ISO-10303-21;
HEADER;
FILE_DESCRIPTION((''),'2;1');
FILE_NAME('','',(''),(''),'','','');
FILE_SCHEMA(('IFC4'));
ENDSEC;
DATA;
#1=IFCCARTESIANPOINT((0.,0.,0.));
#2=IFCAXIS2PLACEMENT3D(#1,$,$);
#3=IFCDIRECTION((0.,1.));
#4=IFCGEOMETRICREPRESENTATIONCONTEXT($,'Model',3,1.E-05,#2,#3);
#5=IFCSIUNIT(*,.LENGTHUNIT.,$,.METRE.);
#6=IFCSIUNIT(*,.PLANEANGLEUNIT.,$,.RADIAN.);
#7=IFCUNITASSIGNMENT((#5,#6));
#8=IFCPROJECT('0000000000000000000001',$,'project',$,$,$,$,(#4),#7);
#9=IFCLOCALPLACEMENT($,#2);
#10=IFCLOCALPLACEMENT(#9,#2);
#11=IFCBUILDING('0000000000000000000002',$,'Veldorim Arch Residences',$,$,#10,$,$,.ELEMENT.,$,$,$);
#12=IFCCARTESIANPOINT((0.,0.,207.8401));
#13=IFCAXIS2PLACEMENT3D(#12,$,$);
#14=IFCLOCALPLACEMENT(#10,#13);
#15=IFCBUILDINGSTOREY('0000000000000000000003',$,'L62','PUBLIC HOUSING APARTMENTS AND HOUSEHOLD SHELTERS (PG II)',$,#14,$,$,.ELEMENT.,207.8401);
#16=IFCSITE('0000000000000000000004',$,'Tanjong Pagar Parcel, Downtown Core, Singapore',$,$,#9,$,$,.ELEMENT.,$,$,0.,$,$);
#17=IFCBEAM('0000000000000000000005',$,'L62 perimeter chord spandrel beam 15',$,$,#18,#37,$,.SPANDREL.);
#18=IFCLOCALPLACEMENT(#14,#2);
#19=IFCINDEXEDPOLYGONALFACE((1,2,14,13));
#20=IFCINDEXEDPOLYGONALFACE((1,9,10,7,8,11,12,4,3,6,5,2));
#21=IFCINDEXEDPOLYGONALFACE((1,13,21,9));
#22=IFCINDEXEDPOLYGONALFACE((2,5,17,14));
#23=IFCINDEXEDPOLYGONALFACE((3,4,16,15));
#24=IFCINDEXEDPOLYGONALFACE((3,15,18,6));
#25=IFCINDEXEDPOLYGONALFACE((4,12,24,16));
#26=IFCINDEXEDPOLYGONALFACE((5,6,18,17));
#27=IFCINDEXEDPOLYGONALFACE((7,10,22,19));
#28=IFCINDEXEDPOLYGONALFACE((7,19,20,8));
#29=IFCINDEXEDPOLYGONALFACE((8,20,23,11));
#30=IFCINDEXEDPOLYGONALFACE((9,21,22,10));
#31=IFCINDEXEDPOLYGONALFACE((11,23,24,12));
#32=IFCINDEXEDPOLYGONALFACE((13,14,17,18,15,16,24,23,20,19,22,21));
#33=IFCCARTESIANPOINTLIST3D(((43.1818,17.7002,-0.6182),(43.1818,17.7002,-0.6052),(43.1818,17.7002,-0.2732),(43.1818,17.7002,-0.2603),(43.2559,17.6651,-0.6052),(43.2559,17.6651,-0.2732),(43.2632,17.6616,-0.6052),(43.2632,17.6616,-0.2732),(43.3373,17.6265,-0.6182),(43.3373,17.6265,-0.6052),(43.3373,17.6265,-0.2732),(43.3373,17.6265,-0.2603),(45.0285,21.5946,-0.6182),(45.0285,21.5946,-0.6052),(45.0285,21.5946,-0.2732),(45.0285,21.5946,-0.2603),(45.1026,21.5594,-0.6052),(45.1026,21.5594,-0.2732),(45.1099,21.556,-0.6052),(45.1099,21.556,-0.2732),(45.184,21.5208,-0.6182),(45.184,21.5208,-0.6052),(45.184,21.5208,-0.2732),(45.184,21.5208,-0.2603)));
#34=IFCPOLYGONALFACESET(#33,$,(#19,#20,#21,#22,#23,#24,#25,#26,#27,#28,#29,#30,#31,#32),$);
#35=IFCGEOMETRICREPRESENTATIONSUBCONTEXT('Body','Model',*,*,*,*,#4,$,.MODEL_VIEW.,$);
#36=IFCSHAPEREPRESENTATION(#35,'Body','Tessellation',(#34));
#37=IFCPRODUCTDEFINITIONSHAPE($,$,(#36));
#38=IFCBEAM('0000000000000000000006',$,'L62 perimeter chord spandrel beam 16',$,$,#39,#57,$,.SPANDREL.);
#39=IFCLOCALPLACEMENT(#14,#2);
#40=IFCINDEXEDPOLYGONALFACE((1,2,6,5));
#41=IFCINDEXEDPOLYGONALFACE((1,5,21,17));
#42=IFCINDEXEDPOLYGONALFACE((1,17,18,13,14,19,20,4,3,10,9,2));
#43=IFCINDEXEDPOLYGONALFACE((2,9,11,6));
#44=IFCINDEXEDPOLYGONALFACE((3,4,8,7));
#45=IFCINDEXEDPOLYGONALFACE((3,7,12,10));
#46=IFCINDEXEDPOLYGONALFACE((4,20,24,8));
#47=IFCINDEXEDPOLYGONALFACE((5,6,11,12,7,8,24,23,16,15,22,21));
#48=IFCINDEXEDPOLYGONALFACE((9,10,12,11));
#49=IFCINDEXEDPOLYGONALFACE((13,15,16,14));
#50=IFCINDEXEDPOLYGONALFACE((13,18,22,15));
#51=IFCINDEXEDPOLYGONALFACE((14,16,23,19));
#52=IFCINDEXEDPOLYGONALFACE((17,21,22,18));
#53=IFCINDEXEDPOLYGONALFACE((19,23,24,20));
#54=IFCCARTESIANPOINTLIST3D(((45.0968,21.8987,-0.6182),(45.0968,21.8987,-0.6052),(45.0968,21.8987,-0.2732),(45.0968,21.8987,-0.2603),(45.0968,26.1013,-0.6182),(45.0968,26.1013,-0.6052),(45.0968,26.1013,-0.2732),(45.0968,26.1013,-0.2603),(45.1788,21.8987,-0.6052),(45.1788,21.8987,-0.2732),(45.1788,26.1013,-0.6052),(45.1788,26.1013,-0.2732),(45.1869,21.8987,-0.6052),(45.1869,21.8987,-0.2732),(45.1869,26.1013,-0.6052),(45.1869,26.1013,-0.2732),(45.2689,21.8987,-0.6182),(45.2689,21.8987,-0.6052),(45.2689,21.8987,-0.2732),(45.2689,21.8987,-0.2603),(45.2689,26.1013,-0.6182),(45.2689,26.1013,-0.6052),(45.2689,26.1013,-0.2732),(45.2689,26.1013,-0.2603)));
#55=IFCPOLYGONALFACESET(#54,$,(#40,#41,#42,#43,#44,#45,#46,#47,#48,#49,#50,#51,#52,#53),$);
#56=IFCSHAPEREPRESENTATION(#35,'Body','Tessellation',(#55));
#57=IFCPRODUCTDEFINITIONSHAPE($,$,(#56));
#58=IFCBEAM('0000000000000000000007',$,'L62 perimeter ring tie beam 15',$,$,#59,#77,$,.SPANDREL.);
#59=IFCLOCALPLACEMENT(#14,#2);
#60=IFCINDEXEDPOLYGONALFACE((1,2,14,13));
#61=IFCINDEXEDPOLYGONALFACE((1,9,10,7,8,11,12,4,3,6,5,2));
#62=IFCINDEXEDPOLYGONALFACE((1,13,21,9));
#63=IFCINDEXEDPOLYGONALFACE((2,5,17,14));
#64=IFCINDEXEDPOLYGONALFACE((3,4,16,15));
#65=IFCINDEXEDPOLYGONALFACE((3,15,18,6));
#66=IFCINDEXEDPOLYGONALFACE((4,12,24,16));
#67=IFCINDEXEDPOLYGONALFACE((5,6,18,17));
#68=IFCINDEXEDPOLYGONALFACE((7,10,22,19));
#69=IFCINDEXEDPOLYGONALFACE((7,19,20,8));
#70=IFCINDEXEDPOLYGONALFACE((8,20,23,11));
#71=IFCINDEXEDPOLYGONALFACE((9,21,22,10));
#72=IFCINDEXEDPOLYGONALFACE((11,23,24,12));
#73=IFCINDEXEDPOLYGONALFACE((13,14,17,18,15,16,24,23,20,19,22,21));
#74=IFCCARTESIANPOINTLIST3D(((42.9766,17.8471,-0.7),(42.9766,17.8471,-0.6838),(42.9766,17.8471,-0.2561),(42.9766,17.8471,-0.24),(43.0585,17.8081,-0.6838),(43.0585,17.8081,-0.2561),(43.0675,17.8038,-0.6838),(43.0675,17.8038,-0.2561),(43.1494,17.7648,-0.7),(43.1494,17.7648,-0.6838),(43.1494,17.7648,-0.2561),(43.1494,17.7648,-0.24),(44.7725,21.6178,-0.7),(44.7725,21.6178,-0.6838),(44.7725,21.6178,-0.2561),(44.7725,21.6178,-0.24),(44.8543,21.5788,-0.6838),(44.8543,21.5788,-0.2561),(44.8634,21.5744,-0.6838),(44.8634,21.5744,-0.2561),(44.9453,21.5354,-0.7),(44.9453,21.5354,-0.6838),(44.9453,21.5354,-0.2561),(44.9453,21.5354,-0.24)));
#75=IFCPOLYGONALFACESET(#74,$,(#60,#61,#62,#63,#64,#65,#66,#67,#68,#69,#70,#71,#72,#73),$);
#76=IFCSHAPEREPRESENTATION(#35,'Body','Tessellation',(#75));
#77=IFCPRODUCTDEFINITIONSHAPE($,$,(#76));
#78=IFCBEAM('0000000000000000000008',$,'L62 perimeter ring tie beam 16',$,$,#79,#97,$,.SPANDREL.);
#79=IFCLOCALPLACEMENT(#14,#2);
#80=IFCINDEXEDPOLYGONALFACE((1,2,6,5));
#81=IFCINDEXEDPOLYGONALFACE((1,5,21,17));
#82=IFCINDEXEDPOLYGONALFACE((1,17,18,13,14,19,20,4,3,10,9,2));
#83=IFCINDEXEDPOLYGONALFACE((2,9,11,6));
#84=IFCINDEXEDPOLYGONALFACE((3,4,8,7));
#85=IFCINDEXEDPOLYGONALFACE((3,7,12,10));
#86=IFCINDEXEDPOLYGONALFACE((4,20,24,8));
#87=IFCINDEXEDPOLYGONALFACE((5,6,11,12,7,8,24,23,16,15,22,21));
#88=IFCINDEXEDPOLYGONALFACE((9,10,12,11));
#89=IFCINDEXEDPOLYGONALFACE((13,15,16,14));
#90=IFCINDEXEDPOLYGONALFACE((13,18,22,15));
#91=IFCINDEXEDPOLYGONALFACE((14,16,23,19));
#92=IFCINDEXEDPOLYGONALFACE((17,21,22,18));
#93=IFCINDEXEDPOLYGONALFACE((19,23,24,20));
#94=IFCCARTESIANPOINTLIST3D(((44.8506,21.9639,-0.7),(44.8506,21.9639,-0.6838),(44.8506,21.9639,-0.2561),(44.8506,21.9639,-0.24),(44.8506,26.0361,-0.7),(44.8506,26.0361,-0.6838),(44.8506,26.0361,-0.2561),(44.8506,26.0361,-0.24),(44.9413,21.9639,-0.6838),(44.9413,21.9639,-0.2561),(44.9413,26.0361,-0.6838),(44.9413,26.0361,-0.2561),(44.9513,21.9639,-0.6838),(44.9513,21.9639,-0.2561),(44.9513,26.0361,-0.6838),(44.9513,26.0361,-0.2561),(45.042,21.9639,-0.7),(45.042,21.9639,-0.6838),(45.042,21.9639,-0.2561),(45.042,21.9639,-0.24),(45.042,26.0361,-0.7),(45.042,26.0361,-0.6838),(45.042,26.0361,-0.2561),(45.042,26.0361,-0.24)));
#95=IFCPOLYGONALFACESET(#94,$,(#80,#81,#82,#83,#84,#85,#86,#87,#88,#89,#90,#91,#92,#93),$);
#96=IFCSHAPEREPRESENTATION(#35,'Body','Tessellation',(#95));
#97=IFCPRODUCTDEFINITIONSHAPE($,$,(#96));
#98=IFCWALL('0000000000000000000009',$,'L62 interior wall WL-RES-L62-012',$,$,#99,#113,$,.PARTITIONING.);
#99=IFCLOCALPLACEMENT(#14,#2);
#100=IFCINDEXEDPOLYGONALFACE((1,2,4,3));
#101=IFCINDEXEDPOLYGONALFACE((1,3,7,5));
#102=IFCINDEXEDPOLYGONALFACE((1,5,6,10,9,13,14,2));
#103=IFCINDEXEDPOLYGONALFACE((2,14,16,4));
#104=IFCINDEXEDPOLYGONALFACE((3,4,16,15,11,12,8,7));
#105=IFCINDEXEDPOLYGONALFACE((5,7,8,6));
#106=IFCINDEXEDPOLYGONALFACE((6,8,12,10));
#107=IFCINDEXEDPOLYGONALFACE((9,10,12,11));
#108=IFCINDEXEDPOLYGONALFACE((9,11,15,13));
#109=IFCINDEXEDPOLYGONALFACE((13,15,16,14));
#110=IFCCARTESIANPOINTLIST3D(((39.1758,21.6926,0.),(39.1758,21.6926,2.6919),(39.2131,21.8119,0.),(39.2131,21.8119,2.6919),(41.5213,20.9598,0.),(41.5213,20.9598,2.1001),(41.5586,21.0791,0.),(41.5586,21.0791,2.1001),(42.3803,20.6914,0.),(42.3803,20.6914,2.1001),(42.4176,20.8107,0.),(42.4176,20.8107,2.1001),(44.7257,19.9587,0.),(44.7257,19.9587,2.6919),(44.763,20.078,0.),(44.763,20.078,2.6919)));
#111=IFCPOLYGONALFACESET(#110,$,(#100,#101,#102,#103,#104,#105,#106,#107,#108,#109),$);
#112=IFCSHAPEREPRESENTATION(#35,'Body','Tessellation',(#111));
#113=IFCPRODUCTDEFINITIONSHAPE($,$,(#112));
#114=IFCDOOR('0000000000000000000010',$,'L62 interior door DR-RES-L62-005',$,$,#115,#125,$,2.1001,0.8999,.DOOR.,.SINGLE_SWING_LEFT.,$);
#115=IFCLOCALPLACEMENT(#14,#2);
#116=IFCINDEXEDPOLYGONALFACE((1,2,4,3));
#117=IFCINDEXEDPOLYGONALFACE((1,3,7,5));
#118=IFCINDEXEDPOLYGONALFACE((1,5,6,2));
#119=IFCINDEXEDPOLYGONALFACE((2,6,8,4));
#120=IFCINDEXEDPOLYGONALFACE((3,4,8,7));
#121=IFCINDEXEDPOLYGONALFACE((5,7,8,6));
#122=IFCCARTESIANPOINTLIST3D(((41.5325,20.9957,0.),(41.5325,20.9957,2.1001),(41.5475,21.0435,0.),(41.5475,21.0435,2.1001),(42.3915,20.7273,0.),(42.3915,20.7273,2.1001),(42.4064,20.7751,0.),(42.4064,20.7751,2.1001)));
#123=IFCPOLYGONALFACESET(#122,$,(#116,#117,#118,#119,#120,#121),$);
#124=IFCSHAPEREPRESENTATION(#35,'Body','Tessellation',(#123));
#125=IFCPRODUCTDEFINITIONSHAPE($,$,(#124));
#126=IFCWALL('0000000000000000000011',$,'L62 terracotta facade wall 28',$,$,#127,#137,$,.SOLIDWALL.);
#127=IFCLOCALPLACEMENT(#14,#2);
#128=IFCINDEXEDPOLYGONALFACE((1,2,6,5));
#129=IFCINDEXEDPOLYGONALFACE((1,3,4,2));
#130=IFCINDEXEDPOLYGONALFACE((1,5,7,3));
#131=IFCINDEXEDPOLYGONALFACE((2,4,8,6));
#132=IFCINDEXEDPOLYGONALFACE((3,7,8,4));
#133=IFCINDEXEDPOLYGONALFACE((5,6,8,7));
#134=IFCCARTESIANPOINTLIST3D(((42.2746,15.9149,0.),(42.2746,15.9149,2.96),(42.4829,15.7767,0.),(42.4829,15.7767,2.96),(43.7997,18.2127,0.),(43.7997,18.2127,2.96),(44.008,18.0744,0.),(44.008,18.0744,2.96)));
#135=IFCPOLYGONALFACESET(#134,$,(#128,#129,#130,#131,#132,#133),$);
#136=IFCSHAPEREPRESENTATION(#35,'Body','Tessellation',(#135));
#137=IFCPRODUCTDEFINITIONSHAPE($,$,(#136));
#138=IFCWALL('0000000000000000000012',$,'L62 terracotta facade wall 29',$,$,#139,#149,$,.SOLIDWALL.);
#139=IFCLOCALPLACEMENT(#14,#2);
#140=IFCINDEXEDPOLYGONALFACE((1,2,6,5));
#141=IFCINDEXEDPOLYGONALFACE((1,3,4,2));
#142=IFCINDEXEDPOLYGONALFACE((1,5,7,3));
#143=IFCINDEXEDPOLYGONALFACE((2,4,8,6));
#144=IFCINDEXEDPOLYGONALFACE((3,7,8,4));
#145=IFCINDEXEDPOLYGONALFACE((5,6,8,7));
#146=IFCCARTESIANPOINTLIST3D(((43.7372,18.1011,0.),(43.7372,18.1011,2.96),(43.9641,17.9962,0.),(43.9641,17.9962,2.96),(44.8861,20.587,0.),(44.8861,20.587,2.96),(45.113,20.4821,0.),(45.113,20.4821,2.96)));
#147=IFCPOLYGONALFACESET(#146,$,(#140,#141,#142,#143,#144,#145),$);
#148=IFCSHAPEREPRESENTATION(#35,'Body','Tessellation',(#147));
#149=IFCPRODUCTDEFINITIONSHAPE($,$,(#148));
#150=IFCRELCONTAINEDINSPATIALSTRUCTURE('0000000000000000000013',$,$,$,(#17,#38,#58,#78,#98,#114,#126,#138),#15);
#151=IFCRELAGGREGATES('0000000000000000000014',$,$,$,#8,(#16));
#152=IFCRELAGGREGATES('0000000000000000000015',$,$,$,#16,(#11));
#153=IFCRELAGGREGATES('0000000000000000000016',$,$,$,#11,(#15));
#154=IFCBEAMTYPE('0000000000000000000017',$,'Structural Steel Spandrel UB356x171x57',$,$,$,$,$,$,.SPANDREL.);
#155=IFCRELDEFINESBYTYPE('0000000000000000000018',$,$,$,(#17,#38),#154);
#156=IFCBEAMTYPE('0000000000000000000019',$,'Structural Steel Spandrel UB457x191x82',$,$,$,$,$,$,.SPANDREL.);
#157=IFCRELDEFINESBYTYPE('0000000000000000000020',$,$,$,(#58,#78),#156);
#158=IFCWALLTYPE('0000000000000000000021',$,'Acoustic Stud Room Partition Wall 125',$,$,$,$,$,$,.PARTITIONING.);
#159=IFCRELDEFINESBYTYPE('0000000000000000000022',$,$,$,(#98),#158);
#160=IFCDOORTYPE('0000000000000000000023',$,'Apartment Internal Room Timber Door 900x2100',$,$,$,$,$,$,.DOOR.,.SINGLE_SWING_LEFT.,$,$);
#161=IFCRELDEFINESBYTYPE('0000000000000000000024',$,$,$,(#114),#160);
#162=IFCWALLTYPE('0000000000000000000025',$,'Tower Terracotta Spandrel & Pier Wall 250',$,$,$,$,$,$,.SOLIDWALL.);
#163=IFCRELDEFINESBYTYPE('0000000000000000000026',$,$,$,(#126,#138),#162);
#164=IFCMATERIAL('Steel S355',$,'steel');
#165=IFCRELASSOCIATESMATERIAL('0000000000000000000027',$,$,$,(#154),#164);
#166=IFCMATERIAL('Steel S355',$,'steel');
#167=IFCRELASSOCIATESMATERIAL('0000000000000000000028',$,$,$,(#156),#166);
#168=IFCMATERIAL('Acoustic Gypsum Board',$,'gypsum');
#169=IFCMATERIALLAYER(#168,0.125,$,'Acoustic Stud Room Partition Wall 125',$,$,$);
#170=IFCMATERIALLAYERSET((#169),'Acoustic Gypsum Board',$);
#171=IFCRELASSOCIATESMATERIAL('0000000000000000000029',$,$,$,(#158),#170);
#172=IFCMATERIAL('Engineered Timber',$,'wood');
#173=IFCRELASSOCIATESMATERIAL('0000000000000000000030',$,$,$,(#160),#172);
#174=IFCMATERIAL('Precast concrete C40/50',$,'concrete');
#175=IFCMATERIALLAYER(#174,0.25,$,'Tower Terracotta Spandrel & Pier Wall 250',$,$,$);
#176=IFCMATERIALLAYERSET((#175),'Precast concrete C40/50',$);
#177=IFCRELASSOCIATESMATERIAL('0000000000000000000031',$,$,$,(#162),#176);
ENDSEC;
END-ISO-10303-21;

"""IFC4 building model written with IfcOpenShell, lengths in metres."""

from ifc_helpers import new_model, si_unit, direction, frame, frame_2d, origin, origin_2d, place, context, subcontext, project, spatial, rectangle, i_section, extrude, material, layer, layer_set, material_profile, profile_set, type_object, element, fill, save


model = new_model("IFC4")

# Units and contexts
model_context = context("Model", 3, precision=1e-05, world=origin(), true_north=direction((0.0, 1.0)))
body_context = subcontext(model_context, "Body", "Model", "MODEL_VIEW")
ifc_project = project(units=[si_unit("LENGTHUNIT", "METRE"), si_unit("PLANEANGLEUNIT", "RADIAN")], contexts=[model_context])

# Site, building, storey
site_placement = place(None, origin())
site = spatial("IfcSite", under=ifc_project, at=site_placement, Name="Tanjong Pagar Parcel, Downtown Core, Singapore", CompositionType="ELEMENT", RefElevation=0.0)
building_placement = place(site_placement, origin())
building = spatial("IfcBuilding", under=site, at=building_placement, Name="Veldorim Arch Residences", CompositionType="ELEMENT")
storey_placement = place(building_placement, frame((0.0, 0.0, 207.8401)))
storey = spatial("IfcBuildingStorey", under=building, at=storey_placement, Name="L62", Description="PUBLIC HOUSING APARTMENTS AND HOUSEHOLD SHELTERS (PG II)", CompositionType="ELEMENT", Elevation=207.8401)

# Beams
ifc_material_1 = material(Name="Steel S355", Category="steel")
ifc_material_profile_1 = material_profile(ifc_material_1, i_section(OverallWidth=0.1721, OverallDepth=0.3579, WebThickness=0.0081, FlangeThickness=0.0129, at=origin_2d()), Name="UB356x171x57")
ifc_profile_set_1 = profile_set([ifc_material_profile_1], Name="Steel S355")
beam_type_1 = type_object("IfcBeamType", Name="Structural Steel Spandrel UB356x171x57", PredefinedType="SPANDREL", material=ifc_profile_set_1)
beam_1_placement = place(storey_placement, frame((43.2595, 17.6633, -0.4392), z_axis=(0.428469, 0.903557, 0.0), x_axis=(-0.903557, 0.428469, 0.0)))
element("IfcBeam", 1, at=beam_1_placement, inside=storey, type_object=beam_type_1, Name="L62 perimeter chord spandrel beam 15", PredefinedType="SPANDREL", context=body_context, shape_type="SweptSolid", body=[
    extrude(i_section(OverallWidth=0.1721, OverallDepth=0.3579, WebThickness=0.0081, FlangeThickness=0.0129, at=origin_2d()), origin(), (0.0, 0.0, 1.0), 4.3101),
])
beam_2_placement = place(storey_placement, frame((45.1829, 21.8987, -0.4392), z_axis=(0.0, 1.0, 0.0), x_axis=(-1.0, 0.0, 0.0)))
element("IfcBeam", 2, at=beam_2_placement, inside=storey, type_object=beam_type_1, Name="L62 perimeter chord spandrel beam 16", PredefinedType="SPANDREL", context=body_context, shape_type="SweptSolid", body=[
    extrude(i_section(OverallWidth=0.1721, OverallDepth=0.3579, WebThickness=0.0081, FlangeThickness=0.0129, at=origin_2d()), origin(), (0.0, 0.0, 1.0), 4.2026),
])
ifc_material_2 = material(Name="Steel S355", Category="steel")
ifc_material_profile_2 = material_profile(ifc_material_2, i_section(OverallWidth=0.1914, OverallDepth=0.46, WebThickness=0.01, FlangeThickness=0.0161, at=origin_2d()), Name="UB457x191x82")
ifc_profile_set_2 = profile_set([ifc_material_profile_2], Name="Steel S355")
beam_type_2 = type_object("IfcBeamType", Name="Structural Steel Spandrel UB457x191x82", PredefinedType="SPANDREL", material=ifc_profile_set_2)
beam_3_placement = place(storey_placement, frame((43.063, 17.8059, -0.47), z_axis=(0.429993, 0.902832, 0.0), x_axis=(-0.902832, 0.429993, 0.0)))
element("IfcBeam", 3, at=beam_3_placement, inside=storey, type_object=beam_type_2, Name="L62 perimeter ring tie beam 15", PredefinedType="SPANDREL", context=body_context, shape_type="SweptSolid", body=[
    extrude(i_section(OverallWidth=0.1914, OverallDepth=0.46, WebThickness=0.01, FlangeThickness=0.0161, at=origin_2d()), origin(), (0.0, 0.0, 1.0), 4.1765),
])
beam_4_placement = place(storey_placement, frame((44.9463, 21.9639, -0.47), z_axis=(0.0, 1.0, 0.0), x_axis=(-1.0, 0.0, 0.0)))
element("IfcBeam", 4, at=beam_4_placement, inside=storey, type_object=beam_type_2, Name="L62 perimeter ring tie beam 16", PredefinedType="SPANDREL", context=body_context, shape_type="SweptSolid", body=[
    extrude(i_section(OverallWidth=0.1914, OverallDepth=0.46, WebThickness=0.01, FlangeThickness=0.0161, at=origin_2d()), origin(), (0.0, 0.0, 1.0), 4.0723),
])

# Wall, opening, door
ifc_material_3 = material(Name="Acoustic Gypsum Board", Category="gypsum")
ifc_layer_1 = layer(ifc_material_3, 0.125, Name="Acoustic Stud Room Partition Wall 125")
ifc_layer_set_1 = layer_set([ifc_layer_1], Name="Acoustic Gypsum Board")
wall_type_1 = type_object("IfcWallType", Name="Acoustic Stud Room Partition Wall 125", PredefinedType="PARTITIONING", material=ifc_layer_set_1)
wall_1_placement = place(storey_placement, frame((44.7444, 20.0183, 0.0), z_axis=(0.0, 0.0, 1.0), x_axis=(-0.954501, 0.298208, 0.0)))
wall_1 = element("IfcWall", 5, at=wall_1_placement, inside=storey, type_object=wall_type_1, Name="L62 interior wall WL-RES-L62-012", PredefinedType="PARTITIONING", context=body_context, shape_type="SweptSolid", body=[
    extrude(rectangle(XDim=5.8145, YDim=0.125, at=frame_2d((2.9072, 0.0))), origin(), (0.0, 0.0, 1.0), 2.6919),
])
opening_1_placement = place(wall_1_placement, frame((2.4573, 0.0, 0.0)))
opening_1 = element("IfcOpeningElement", 6, at=opening_1_placement, cuts=wall_1, PredefinedType="OPENING", context=body_context, shape_type="SweptSolid", body=[
    extrude(rectangle(XDim=0.8999, YDim=2.1001, at=frame_2d((0.45, 1.05))), frame((0.0, 0.0725, 0.0), z_axis=(0.0, -1.0, 0.0), x_axis=(1.0, 0.0, 0.0)), (0.0, 0.0, 1.0), 0.145),
])
ifc_material_4 = material(Name="Engineered Timber", Category="wood")
door_type_1 = type_object("IfcDoorType", Name="Apartment Internal Room Timber Door 900x2100", OperationType="SINGLE_SWING_LEFT", PredefinedType="DOOR", material=ifc_material_4)
door_1_placement = place(opening_1_placement, origin())
door_1 = element("IfcDoor", 7, at=door_1_placement, inside=storey, type_object=door_type_1, Name="L62 interior door DR-RES-L62-005", OperationType="SINGLE_SWING_LEFT", OverallHeight=2.1001, OverallWidth=0.8999, PredefinedType="DOOR", context=body_context, shape_type="SweptSolid", body=[
    extrude(rectangle(XDim=0.8999, YDim=2.1001, at=frame_2d((0.45, 1.05))), frame((0.0, 0.0249, 0.0), z_axis=(0.0, -1.0, 0.0), x_axis=(1.0, 0.0, 0.0)), (0.0, 0.0, 1.0), 0.05),
])
fill(opening_1, door_1)

# Walls
ifc_material_5 = material(Name="Precast concrete C40/50", Category="concrete")
ifc_layer_2 = layer(ifc_material_5, 0.25, Name="Tower Terracotta Spandrel & Pier Wall 250")
ifc_layer_set_2 = layer_set([ifc_layer_2], Name="Precast concrete C40/50")
wall_type_2 = type_object("IfcWallType", Name="Tower Terracotta Spandrel & Pier Wall 250", PredefinedType="SOLIDWALL", material=ifc_layer_set_2)
wall_2_placement = place(storey_placement, frame((43.9038, 18.1436, 0.0), z_axis=(0.0, 0.0, 1.0), x_axis=(-0.553003, -0.833179, 0.0)))
element("IfcWall", 8, at=wall_2_placement, inside=storey, type_object=wall_type_2, Name="L62 terracotta facade wall 28", PredefinedType="SOLIDWALL", context=body_context, shape_type="SweptSolid", body=[
    extrude(rectangle(XDim=2.7578, YDim=0.25, at=frame_2d((1.3789, 0.0))), origin(), (0.0, 0.0, 1.0), 2.96),
])
wall_3_placement = place(storey_placement, frame((44.9995, 20.5344, 0.0), z_axis=(0.0, 0.0, 1.0), x_axis=(-0.419544, -0.907735, 0.0)))
element("IfcWall", 9, at=wall_3_placement, inside=storey, type_object=wall_type_2, Name="L62 terracotta facade wall 29", PredefinedType="SOLIDWALL", context=body_context, shape_type="SweptSolid", body=[
    extrude(rectangle(XDim=2.7385, YDim=0.25, at=frame_2d((1.3691, 0.0))), origin(), (0.0, 0.0, 1.0), 2.96),
])

save(model, "model.ifc")
